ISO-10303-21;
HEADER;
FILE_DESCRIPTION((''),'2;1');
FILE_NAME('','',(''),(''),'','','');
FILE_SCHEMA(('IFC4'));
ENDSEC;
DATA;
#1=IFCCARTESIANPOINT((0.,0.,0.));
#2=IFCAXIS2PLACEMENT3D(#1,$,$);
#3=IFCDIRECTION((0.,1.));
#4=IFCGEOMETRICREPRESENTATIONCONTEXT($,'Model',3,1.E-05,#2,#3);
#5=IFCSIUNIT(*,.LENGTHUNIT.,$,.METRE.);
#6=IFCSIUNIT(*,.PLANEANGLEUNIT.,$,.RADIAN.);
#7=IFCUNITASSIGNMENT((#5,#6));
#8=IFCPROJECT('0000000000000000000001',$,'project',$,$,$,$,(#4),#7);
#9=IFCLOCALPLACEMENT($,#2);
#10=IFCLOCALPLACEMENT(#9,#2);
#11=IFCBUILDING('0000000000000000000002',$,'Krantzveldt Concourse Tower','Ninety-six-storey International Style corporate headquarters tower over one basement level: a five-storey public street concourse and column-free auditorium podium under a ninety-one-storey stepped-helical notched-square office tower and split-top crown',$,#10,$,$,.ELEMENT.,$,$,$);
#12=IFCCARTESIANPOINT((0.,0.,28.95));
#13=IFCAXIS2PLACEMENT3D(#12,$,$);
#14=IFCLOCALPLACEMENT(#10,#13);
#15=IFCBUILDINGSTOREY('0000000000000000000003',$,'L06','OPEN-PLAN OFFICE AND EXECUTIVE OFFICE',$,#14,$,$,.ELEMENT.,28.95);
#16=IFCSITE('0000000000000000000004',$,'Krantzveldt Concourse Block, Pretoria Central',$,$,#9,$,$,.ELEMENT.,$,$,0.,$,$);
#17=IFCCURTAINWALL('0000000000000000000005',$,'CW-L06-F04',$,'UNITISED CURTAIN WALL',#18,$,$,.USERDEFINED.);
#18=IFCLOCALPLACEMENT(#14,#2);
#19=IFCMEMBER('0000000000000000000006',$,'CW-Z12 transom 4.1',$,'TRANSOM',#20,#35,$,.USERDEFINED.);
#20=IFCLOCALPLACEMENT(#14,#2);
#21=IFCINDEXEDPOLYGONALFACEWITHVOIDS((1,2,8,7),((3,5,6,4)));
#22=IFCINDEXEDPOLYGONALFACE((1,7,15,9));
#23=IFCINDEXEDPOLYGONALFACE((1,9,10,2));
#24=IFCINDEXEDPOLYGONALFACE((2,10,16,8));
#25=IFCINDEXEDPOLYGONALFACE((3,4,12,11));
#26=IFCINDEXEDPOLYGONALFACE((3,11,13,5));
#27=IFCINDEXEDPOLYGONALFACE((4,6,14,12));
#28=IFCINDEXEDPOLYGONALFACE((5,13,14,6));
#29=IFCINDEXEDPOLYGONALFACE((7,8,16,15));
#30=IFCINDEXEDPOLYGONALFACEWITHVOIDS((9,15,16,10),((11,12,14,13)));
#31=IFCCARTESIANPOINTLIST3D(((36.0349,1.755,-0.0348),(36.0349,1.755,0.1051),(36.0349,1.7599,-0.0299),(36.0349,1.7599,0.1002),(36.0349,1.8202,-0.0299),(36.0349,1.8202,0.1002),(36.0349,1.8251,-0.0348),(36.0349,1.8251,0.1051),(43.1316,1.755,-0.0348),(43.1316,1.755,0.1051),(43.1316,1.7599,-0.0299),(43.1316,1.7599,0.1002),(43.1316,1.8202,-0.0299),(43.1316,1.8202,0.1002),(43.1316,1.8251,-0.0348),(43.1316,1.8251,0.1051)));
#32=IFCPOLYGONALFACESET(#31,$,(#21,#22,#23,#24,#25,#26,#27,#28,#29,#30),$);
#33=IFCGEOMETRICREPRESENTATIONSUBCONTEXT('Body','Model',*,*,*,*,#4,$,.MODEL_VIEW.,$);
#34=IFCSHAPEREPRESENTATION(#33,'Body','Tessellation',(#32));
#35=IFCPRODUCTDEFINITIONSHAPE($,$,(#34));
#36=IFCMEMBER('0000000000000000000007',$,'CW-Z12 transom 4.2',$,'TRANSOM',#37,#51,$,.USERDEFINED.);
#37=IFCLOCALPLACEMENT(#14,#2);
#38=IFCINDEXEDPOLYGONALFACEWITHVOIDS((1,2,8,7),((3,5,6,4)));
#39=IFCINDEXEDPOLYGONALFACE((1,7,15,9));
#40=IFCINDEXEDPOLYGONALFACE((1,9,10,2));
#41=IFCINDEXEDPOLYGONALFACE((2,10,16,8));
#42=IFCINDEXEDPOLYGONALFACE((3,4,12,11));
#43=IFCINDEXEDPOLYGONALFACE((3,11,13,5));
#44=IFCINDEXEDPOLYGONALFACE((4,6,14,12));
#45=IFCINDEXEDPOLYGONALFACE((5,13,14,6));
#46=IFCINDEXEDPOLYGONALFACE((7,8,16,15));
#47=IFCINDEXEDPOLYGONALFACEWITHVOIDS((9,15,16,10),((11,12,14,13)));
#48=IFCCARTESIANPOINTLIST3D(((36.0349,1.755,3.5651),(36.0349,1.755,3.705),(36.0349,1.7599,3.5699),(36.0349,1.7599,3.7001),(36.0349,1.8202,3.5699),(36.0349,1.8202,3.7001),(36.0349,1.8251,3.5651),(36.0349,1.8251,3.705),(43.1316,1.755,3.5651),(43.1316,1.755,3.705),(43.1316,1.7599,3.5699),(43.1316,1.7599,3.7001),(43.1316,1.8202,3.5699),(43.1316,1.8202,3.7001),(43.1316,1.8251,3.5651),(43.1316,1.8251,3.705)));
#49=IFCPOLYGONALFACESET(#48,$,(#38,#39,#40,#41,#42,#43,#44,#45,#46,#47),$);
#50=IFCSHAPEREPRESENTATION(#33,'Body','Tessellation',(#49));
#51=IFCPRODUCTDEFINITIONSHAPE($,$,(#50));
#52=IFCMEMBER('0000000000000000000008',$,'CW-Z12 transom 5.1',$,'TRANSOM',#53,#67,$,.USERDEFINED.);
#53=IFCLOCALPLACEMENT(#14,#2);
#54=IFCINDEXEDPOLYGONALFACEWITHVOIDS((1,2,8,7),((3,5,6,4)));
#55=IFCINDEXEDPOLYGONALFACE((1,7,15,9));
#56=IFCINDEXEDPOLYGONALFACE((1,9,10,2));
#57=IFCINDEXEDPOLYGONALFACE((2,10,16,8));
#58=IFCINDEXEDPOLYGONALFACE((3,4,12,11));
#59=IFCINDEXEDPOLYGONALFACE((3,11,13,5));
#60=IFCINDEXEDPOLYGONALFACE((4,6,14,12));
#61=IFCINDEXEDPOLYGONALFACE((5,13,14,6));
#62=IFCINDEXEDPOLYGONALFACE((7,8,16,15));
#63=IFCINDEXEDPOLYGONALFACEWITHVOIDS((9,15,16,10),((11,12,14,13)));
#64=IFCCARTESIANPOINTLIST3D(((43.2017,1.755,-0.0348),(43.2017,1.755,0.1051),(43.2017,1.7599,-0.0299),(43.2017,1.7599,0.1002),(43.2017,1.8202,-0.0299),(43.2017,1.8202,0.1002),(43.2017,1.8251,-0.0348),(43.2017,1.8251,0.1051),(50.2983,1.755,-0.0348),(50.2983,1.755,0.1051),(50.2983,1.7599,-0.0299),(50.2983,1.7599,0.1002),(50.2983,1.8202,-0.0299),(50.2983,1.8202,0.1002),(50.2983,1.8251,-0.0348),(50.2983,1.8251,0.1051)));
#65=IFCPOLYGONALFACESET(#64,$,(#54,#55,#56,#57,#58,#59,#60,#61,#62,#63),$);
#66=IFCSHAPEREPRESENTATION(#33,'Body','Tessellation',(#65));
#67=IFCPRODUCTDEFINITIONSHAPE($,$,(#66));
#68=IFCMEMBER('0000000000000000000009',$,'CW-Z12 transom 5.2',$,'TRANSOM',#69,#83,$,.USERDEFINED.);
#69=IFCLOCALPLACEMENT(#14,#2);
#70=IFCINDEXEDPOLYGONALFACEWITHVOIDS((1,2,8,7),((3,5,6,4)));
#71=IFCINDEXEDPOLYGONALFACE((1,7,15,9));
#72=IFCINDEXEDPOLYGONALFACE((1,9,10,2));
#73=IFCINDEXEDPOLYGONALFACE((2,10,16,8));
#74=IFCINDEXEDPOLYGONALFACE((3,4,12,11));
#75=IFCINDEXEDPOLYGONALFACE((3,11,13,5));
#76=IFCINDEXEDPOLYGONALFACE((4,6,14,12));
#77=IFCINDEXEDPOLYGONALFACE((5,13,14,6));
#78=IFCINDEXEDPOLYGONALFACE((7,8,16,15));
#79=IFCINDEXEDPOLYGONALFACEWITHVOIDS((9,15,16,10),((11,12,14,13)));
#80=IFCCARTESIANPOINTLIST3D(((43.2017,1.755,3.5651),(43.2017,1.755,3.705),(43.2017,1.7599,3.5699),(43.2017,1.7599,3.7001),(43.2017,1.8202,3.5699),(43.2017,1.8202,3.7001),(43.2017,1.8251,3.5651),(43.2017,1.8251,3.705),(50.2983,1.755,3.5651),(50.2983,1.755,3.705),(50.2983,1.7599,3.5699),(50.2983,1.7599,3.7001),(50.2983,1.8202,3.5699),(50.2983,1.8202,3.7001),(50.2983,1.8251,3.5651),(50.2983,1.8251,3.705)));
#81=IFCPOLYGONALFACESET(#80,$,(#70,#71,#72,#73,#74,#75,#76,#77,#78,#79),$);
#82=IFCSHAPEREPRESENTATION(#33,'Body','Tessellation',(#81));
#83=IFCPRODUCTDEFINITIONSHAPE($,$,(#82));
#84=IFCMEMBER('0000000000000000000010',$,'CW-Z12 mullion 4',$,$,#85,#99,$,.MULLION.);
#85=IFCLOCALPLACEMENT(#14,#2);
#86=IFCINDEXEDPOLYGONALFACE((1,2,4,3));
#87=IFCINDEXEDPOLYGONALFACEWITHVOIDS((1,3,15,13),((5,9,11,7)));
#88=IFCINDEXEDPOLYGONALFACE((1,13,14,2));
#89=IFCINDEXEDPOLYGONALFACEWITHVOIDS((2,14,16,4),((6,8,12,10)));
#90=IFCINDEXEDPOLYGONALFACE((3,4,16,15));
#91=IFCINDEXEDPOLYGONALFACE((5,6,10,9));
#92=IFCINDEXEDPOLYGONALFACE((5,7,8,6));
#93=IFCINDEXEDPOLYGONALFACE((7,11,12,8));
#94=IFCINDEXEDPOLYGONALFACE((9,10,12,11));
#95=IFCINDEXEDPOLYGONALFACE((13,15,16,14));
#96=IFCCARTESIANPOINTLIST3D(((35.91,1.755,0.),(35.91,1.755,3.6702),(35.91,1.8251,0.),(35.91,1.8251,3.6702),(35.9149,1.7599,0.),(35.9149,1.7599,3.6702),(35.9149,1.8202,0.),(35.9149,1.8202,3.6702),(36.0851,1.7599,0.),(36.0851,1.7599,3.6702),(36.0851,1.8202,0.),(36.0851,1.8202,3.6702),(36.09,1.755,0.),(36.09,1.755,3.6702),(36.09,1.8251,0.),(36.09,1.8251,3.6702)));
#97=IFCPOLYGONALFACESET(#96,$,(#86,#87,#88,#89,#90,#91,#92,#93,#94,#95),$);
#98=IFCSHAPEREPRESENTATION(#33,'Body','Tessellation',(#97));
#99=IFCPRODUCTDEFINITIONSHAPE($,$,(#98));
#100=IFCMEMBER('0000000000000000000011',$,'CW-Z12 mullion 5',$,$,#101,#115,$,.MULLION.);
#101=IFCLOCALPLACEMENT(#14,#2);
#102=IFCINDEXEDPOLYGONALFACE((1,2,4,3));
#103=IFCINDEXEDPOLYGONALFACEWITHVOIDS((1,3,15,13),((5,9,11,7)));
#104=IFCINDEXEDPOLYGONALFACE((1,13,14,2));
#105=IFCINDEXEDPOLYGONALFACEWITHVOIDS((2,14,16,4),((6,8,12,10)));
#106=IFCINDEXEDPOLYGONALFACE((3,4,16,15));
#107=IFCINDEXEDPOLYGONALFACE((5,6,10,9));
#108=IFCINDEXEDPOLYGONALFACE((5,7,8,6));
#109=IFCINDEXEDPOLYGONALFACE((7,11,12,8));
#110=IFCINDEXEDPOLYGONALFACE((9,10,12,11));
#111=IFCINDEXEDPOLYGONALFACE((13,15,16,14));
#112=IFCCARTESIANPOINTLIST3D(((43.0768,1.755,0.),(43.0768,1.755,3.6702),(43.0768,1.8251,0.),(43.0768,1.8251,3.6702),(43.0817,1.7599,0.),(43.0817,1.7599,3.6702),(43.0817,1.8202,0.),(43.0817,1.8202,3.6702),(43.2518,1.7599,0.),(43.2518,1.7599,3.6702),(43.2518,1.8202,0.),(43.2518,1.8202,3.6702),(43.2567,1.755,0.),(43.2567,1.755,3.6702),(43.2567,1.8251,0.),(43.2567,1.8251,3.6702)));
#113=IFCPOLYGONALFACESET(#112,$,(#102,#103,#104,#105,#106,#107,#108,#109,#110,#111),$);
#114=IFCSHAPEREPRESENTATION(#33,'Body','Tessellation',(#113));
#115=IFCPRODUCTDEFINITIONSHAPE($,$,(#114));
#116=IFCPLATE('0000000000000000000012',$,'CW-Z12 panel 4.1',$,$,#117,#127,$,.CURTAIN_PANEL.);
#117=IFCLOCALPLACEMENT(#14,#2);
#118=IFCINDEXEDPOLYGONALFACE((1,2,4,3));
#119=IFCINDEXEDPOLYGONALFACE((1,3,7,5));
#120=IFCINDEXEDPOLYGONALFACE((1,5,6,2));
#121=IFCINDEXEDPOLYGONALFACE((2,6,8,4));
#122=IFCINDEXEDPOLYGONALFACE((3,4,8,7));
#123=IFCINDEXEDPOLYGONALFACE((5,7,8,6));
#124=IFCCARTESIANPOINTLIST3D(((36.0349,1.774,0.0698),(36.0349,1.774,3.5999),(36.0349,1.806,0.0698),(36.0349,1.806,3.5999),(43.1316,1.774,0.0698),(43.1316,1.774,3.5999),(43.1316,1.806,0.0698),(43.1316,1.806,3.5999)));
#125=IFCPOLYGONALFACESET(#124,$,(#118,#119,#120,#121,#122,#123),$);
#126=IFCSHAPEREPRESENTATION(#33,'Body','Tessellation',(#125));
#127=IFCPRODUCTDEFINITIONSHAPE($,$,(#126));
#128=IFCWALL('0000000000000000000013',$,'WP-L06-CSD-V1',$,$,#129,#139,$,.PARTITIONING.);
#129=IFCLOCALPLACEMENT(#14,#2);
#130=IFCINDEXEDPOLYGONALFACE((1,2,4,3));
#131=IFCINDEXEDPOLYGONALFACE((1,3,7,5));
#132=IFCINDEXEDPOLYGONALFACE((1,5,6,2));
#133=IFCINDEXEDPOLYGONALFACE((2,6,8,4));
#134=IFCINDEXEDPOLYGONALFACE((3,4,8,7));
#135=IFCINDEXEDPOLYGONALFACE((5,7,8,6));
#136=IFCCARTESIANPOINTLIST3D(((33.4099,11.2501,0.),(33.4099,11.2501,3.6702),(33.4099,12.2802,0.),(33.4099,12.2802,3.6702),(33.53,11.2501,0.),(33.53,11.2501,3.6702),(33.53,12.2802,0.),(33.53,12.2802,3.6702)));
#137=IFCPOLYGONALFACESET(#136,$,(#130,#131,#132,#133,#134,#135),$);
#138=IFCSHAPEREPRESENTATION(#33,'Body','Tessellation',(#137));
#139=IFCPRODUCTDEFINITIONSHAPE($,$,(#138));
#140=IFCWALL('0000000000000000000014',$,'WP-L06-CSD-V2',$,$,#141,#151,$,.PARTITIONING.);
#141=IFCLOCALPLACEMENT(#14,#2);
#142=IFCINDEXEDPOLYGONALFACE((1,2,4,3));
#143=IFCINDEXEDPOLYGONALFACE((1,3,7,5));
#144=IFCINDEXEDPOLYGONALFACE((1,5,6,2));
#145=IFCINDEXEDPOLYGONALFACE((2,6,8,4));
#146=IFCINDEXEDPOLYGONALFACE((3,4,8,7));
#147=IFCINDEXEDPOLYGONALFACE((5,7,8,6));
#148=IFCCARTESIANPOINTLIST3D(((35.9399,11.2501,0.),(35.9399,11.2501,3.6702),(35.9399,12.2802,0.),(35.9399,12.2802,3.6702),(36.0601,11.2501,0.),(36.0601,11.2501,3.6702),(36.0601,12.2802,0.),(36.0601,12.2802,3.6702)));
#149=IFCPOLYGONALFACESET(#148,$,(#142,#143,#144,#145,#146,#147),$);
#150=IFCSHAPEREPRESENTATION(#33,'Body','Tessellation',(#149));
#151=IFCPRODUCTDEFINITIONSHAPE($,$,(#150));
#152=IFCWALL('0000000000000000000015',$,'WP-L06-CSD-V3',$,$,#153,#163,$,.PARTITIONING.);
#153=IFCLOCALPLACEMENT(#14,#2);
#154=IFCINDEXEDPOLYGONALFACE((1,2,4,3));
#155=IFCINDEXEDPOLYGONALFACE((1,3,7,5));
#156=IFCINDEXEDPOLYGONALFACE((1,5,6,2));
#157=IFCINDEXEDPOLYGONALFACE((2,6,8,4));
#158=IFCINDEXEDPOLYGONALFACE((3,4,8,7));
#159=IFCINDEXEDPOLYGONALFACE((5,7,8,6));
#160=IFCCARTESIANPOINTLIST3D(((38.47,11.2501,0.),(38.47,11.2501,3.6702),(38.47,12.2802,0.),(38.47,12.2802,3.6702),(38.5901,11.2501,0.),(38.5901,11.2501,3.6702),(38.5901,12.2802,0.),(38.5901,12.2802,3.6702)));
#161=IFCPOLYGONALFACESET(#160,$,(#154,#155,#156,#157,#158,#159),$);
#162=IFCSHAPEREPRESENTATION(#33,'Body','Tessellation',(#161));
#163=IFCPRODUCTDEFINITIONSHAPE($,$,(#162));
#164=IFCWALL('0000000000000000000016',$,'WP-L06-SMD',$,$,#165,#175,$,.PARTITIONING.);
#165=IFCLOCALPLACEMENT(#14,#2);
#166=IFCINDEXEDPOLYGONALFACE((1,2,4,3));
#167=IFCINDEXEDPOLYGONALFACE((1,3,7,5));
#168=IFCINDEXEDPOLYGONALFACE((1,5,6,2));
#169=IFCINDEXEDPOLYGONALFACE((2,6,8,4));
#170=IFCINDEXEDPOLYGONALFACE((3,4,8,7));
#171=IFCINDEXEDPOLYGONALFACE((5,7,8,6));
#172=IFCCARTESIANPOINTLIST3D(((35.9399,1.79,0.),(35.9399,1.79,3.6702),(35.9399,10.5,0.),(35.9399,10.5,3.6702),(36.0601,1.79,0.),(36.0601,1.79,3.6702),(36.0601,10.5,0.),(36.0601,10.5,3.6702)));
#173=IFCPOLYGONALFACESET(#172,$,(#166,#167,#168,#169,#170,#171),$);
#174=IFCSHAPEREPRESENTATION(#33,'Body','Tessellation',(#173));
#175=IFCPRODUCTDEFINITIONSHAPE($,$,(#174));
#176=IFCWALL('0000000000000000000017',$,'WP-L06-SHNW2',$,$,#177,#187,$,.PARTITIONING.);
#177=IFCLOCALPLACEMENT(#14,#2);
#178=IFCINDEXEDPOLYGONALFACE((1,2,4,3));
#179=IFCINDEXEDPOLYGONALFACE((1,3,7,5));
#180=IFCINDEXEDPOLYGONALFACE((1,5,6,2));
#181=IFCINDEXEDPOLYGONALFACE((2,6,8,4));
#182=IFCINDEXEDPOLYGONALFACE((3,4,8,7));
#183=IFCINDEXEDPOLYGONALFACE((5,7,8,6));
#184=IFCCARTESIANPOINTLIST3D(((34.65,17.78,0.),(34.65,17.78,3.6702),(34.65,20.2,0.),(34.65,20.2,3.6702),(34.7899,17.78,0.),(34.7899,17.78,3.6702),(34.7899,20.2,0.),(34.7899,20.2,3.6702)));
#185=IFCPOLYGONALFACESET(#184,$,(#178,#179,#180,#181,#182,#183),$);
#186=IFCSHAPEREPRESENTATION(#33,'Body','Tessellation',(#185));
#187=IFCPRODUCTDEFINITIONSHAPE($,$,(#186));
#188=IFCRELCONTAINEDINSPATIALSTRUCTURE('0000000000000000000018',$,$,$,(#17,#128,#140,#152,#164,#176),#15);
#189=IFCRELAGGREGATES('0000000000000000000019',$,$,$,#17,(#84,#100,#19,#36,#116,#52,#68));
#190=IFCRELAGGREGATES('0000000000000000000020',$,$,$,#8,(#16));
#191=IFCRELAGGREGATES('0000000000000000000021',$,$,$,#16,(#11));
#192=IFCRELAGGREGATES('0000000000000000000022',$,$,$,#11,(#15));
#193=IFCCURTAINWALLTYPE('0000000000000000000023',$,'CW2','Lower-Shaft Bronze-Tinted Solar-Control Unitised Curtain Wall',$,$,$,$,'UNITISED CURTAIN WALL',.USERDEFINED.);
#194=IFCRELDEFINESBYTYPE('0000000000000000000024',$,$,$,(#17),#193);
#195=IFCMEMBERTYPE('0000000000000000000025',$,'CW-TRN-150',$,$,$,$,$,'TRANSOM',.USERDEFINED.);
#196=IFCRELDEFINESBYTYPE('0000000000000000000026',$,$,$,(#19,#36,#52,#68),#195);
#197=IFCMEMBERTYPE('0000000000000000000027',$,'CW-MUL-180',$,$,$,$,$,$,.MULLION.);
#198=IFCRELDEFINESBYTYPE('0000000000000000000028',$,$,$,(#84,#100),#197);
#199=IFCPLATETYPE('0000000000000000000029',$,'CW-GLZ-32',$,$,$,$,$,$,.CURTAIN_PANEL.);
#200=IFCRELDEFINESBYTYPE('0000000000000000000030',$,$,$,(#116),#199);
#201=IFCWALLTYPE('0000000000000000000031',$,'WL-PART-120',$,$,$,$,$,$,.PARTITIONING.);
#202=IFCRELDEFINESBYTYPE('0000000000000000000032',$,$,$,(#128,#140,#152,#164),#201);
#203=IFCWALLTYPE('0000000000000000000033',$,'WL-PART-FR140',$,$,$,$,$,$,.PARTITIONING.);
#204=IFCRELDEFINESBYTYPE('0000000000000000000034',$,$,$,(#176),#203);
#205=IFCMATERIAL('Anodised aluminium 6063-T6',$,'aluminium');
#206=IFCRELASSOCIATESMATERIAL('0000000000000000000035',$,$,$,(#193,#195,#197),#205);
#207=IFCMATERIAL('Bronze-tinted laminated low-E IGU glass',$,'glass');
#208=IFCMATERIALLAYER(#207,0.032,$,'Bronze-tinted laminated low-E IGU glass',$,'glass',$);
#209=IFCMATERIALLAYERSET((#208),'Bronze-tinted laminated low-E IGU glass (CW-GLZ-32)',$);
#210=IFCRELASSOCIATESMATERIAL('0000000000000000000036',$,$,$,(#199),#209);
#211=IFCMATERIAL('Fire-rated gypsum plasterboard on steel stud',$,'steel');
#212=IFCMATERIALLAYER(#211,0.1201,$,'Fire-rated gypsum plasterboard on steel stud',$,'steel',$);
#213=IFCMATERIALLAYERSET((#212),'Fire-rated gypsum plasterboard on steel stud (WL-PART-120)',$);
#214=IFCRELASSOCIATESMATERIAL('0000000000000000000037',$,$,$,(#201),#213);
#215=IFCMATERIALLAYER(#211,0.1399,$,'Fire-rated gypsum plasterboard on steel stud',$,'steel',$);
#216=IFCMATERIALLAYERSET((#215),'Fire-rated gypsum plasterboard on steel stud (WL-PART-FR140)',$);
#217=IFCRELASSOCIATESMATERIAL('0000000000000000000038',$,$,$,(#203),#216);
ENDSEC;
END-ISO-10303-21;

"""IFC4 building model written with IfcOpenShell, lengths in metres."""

from ifc_helpers import new_model, si_unit, direction, frame, frame_2d, origin, origin_2d, place, context, subcontext, project, spatial, rectangle, hollow_rectangle, extrude, source, transform, mapped, material, layer, layer_set, material_profile, profile_set, type_object, type_shapes, element, aggregate, save


model = new_model("IFC4")

# Units and contexts
model_context = context("Model", 3, precision=1e-05, world=origin(), true_north=direction((0.0, 1.0)))
body_context = subcontext(model_context, "Body", "Model", "MODEL_VIEW")
ifc_project = project(units=[si_unit("LENGTHUNIT", "METRE"), si_unit("PLANEANGLEUNIT", "RADIAN")], contexts=[model_context])

# Site, building, storey
site_placement = place(None, origin())
site = spatial("IfcSite", under=ifc_project, at=site_placement, Name="Krantzveldt Concourse Block, Pretoria Central", CompositionType="ELEMENT", RefElevation=0.0)
building_placement = place(site_placement, origin())
building = spatial("IfcBuilding", under=site, at=building_placement, Name="Krantzveldt Concourse Tower", Description="Ninety-six-storey International Style corporate headquarters tower over one basement level: a five-storey public street concourse and column-free auditorium podium under a ninety-one-storey stepped-helical notched-square office tower and split-top crown", CompositionType="ELEMENT")
storey_placement = place(building_placement, frame((0.0, 0.0, 28.95)))
storey = spatial("IfcBuildingStorey", under=building, at=storey_placement, Name="L06", Description="OPEN-PLAN OFFICE AND EXECUTIVE OFFICE", CompositionType="ELEMENT", Elevation=28.95)

# Curtain wall, members, plate
ifc_material_1 = material(Name="Anodised aluminium 6063-T6", Category="aluminium")
curtain_wall_type = type_object("IfcCurtainWallType", Name="CW2", Description="Lower-Shaft Bronze-Tinted Solar-Control Unitised Curtain Wall", ElementType="UNITISED CURTAIN WALL", PredefinedType="USERDEFINED", material=ifc_material_1)
curtain_wall_placement = place(storey_placement, origin())
curtain_wall = element("IfcCurtainWall", 1, at=curtain_wall_placement, inside=storey, type_object=curtain_wall_type, Name="CW-L06-F04", ObjectType="UNITISED CURTAIN WALL", PredefinedType="USERDEFINED")
ifc_material_profile_1 = material_profile(ifc_material_1, hollow_rectangle(XDim=0.0701, YDim=0.1399, WallThickness=0.0049, at=origin_2d()), Name="Anodised aluminium 6063-T6", Category="aluminium")
ifc_profile_set_1 = profile_set([ifc_material_profile_1], Name="Anodised aluminium 6063-T6 - ALU-TRAN 140x70x5")
member_type_1 = type_object("IfcMemberType", Name="CW-TRN-150", ElementType="TRANSOM", PredefinedType="USERDEFINED", material=ifc_profile_set_1)
shared_shape_1 = source(origin(), body_context, "Body", "SweptSolid", [
    extrude(hollow_rectangle(XDim=0.0701, YDim=0.1399, WallThickness=0.0049, at=origin_2d()), origin(), (0.0, 0.0, 1.0), 7.0967),
])
type_shapes(member_type_1, [shared_shape_1])
member_1_placement = place(storey_placement, frame((36.0349, 1.79, 0.0352), z_axis=(1.0, 0.0, 0.0), x_axis=(0.0, 1.0, 0.0)))
member_1 = element("IfcMember", 2, at=member_1_placement, type_object=member_type_1, Name="CW-Z12 transom 4.1", ObjectType="TRANSOM", PredefinedType="USERDEFINED", context=body_context, shape_type="MappedRepresentation", body=[
    mapped(shared_shape_1, transform((0.0, 0.0, 0.0), x_axis=(1.0, 0.0, 0.0), y_axis=(0.0, 1.0, 0.0), z_axis=(0.0, 0.0, 1.0), scale=1.0)),
])
member_2_placement = place(storey_placement, frame((36.0349, 1.79, 3.635), z_axis=(1.0, 0.0, 0.0), x_axis=(0.0, 1.0, 0.0)))
member_2 = element("IfcMember", 3, at=member_2_placement, type_object=member_type_1, Name="CW-Z12 transom 4.2", ObjectType="TRANSOM", PredefinedType="USERDEFINED", context=body_context, shape_type="MappedRepresentation", body=[
    mapped(shared_shape_1, transform((0.0, 0.0, 0.0), x_axis=(1.0, 0.0, 0.0), y_axis=(0.0, 1.0, 0.0), z_axis=(0.0, 0.0, 1.0), scale=1.0)),
])
member_3_placement = place(storey_placement, frame((43.2017, 1.79, 0.0352), z_axis=(1.0, 0.0, 0.0), x_axis=(0.0, 1.0, 0.0)))
member_3 = element("IfcMember", 4, at=member_3_placement, type_object=member_type_1, Name="CW-Z12 transom 5.1", ObjectType="TRANSOM", PredefinedType="USERDEFINED", context=body_context, shape_type="MappedRepresentation", body=[
    mapped(shared_shape_1, transform((0.0, 0.0, 0.0), x_axis=(1.0, 0.0, 0.0), y_axis=(0.0, 1.0, 0.0), z_axis=(0.0, 0.0, 1.0), scale=1.0)),
])
member_4_placement = place(storey_placement, frame((43.2017, 1.79, 3.635), z_axis=(1.0, 0.0, 0.0), x_axis=(0.0, 1.0, 0.0)))
member_4 = element("IfcMember", 5, at=member_4_placement, type_object=member_type_1, Name="CW-Z12 transom 5.2", ObjectType="TRANSOM", PredefinedType="USERDEFINED", context=body_context, shape_type="MappedRepresentation", body=[
    mapped(shared_shape_1, transform((0.0, 0.0, 0.0), x_axis=(1.0, 0.0, 0.0), y_axis=(0.0, 1.0, 0.0), z_axis=(0.0, 0.0, 1.0), scale=1.0)),
])
ifc_material_profile_2 = material_profile(ifc_material_1, hollow_rectangle(XDim=0.0701, YDim=0.1799, WallThickness=0.0049, at=origin_2d()), Name="Anodised aluminium 6063-T6", Category="aluminium")
ifc_profile_set_2 = profile_set([ifc_material_profile_2], Name="Anodised aluminium 6063-T6 - ALU-MULL 180x70x5")
member_type_2 = type_object("IfcMemberType", Name="CW-MUL-180", PredefinedType="MULLION", material=ifc_profile_set_2)
shared_shape_2 = source(origin(), body_context, "Body", "SweptSolid", [
    extrude(hollow_rectangle(XDim=0.0701, YDim=0.1799, WallThickness=0.0049, at=origin_2d()), origin(), (0.0, 0.0, 1.0), 3.6702),
])
type_shapes(member_type_2, [shared_shape_2])
member_5_placement = place(storey_placement, frame((36.0, 1.79, 0.0), z_axis=(0.0, 0.0, 1.0), x_axis=(0.0, 1.0, 0.0)))
member_5 = element("IfcMember", 6, at=member_5_placement, type_object=member_type_2, Name="CW-Z12 mullion 4", PredefinedType="MULLION", context=body_context, shape_type="MappedRepresentation", body=[
    mapped(shared_shape_2, transform((0.0, 0.0, 0.0), x_axis=(1.0, 0.0, 0.0), y_axis=(0.0, 1.0, 0.0), z_axis=(0.0, 0.0, 1.0), scale=1.0)),
])
member_6_placement = place(storey_placement, frame((43.1667, 1.79, 0.0), z_axis=(0.0, 0.0, 1.0), x_axis=(0.0, 1.0, 0.0)))
member_6 = element("IfcMember", 7, at=member_6_placement, type_object=member_type_2, Name="CW-Z12 mullion 5", PredefinedType="MULLION", context=body_context, shape_type="MappedRepresentation", body=[
    mapped(shared_shape_2, transform((0.0, 0.0, 0.0), x_axis=(1.0, 0.0, 0.0), y_axis=(0.0, 1.0, 0.0), z_axis=(0.0, 0.0, 1.0), scale=1.0)),
])
ifc_material_2 = material(Name="Bronze-tinted laminated low-E IGU glass", Category="glass")
ifc_layer_1 = layer(ifc_material_2, 0.032, Name="Bronze-tinted laminated low-E IGU glass", Category="glass")
ifc_layer_set_1 = layer_set([ifc_layer_1], Name="Bronze-tinted laminated low-E IGU glass (CW-GLZ-32)")
plate_type = type_object("IfcPlateType", Name="CW-GLZ-32", PredefinedType="CURTAIN_PANEL", material=ifc_layer_set_1)
shared_shape_3 = source(origin(), body_context, "Body", "SweptSolid", [
    extrude(rectangle(XDim=7.0967, YDim=0.032, at=origin_2d()), origin(), (0.0, 0.0, 1.0), 3.53),
])
type_shapes(plate_type, [shared_shape_3])
plate_placement = place(storey_placement, frame((39.5833, 1.79, 0.0698), z_axis=(0.0, 0.0, 1.0), x_axis=(1.0, 0.0, 0.0)))
plate = element("IfcPlate", 8, at=plate_placement, type_object=plate_type, Name="CW-Z12 panel 4.1", PredefinedType="CURTAIN_PANEL", context=body_context, shape_type="MappedRepresentation", body=[
    mapped(shared_shape_3, transform((0.0, 0.0, 0.0), x_axis=(1.0, 0.0, 0.0), y_axis=(0.0, 1.0, 0.0), z_axis=(0.0, 0.0, 1.0), scale=1.0)),
])
aggregate(curtain_wall, [member_5, member_6, member_1, member_2, plate, member_3, member_4])

# Walls
ifc_material_3 = material(Name="Fire-rated gypsum plasterboard on steel stud", Category="steel")
ifc_layer_2 = layer(ifc_material_3, 0.1201, Name="Fire-rated gypsum plasterboard on steel stud", Category="steel")
ifc_layer_set_2 = layer_set([ifc_layer_2], Name="Fire-rated gypsum plasterboard on steel stud (WL-PART-120)")
wall_type_1 = type_object("IfcWallType", Name="WL-PART-120", PredefinedType="PARTITIONING", material=ifc_layer_set_2)
for number, where, z_axis, x_axis, name in (
    (9, (33.47, 11.25, 0.0), (0.0, 0.0, 1.0), (0.0, 1.0, 0.0), "WP-L06-CSD-V1"),
    (10, (36.0, 11.25, 0.0), (0.0, 0.0, 1.0), (0.0, 1.0, 0.0), "WP-L06-CSD-V2"),
    (11, (38.53, 11.25, 0.0), (0.0, 0.0, 1.0), (0.0, 1.0, 0.0), "WP-L06-CSD-V3"),
):
    element("IfcWall", number, at=place(storey_placement, frame(where, z_axis=z_axis, x_axis=x_axis)), inside=storey, type_object=wall_type_1, Name=name, PredefinedType="PARTITIONING", context=body_context, shape_type="SweptSolid", body=[
        extrude(rectangle(XDim=1.03, YDim=0.1201, at=frame_2d((0.5151, 0.0))), origin(), (0.0, 0.0, 1.0), 3.6702),
    ])
wall_1_placement = place(storey_placement, frame((36.0, 1.79, 0.0), z_axis=(0.0, 0.0, 1.0), x_axis=(0.0, 1.0, 0.0)))
element("IfcWall", 12, at=wall_1_placement, inside=storey, type_object=wall_type_1, Name="WP-L06-SMD", PredefinedType="PARTITIONING", context=body_context, shape_type="SweptSolid", body=[
    extrude(rectangle(XDim=8.71, YDim=0.1201, at=frame_2d((4.355, 0.0))), origin(), (0.0, 0.0, 1.0), 3.6702),
])
ifc_layer_3 = layer(ifc_material_3, 0.1399, Name="Fire-rated gypsum plasterboard on steel stud", Category="steel")
ifc_layer_set_3 = layer_set([ifc_layer_3], Name="Fire-rated gypsum plasterboard on steel stud (WL-PART-FR140)")
wall_type_2 = type_object("IfcWallType", Name="WL-PART-FR140", PredefinedType="PARTITIONING", material=ifc_layer_set_3)
for number, where, z_axis, x_axis, name in (
    (13, (34.72, 17.78, 0.0), (0.0, 0.0, 1.0), (0.0, 1.0, 0.0), "WP-L06-SHNW2"),
):
    element("IfcWall", number, at=place(storey_placement, frame(where, z_axis=z_axis, x_axis=x_axis)), inside=storey, type_object=wall_type_2, Name=name, PredefinedType="PARTITIONING", context=body_context, shape_type="SweptSolid", body=[
        extrude(rectangle(XDim=2.4199, YDim=0.1399, at=frame_2d((1.21, 0.0))), origin(), (0.0, 0.0, 1.0), 3.6702),
    ])

save(model, "model.ifc")
